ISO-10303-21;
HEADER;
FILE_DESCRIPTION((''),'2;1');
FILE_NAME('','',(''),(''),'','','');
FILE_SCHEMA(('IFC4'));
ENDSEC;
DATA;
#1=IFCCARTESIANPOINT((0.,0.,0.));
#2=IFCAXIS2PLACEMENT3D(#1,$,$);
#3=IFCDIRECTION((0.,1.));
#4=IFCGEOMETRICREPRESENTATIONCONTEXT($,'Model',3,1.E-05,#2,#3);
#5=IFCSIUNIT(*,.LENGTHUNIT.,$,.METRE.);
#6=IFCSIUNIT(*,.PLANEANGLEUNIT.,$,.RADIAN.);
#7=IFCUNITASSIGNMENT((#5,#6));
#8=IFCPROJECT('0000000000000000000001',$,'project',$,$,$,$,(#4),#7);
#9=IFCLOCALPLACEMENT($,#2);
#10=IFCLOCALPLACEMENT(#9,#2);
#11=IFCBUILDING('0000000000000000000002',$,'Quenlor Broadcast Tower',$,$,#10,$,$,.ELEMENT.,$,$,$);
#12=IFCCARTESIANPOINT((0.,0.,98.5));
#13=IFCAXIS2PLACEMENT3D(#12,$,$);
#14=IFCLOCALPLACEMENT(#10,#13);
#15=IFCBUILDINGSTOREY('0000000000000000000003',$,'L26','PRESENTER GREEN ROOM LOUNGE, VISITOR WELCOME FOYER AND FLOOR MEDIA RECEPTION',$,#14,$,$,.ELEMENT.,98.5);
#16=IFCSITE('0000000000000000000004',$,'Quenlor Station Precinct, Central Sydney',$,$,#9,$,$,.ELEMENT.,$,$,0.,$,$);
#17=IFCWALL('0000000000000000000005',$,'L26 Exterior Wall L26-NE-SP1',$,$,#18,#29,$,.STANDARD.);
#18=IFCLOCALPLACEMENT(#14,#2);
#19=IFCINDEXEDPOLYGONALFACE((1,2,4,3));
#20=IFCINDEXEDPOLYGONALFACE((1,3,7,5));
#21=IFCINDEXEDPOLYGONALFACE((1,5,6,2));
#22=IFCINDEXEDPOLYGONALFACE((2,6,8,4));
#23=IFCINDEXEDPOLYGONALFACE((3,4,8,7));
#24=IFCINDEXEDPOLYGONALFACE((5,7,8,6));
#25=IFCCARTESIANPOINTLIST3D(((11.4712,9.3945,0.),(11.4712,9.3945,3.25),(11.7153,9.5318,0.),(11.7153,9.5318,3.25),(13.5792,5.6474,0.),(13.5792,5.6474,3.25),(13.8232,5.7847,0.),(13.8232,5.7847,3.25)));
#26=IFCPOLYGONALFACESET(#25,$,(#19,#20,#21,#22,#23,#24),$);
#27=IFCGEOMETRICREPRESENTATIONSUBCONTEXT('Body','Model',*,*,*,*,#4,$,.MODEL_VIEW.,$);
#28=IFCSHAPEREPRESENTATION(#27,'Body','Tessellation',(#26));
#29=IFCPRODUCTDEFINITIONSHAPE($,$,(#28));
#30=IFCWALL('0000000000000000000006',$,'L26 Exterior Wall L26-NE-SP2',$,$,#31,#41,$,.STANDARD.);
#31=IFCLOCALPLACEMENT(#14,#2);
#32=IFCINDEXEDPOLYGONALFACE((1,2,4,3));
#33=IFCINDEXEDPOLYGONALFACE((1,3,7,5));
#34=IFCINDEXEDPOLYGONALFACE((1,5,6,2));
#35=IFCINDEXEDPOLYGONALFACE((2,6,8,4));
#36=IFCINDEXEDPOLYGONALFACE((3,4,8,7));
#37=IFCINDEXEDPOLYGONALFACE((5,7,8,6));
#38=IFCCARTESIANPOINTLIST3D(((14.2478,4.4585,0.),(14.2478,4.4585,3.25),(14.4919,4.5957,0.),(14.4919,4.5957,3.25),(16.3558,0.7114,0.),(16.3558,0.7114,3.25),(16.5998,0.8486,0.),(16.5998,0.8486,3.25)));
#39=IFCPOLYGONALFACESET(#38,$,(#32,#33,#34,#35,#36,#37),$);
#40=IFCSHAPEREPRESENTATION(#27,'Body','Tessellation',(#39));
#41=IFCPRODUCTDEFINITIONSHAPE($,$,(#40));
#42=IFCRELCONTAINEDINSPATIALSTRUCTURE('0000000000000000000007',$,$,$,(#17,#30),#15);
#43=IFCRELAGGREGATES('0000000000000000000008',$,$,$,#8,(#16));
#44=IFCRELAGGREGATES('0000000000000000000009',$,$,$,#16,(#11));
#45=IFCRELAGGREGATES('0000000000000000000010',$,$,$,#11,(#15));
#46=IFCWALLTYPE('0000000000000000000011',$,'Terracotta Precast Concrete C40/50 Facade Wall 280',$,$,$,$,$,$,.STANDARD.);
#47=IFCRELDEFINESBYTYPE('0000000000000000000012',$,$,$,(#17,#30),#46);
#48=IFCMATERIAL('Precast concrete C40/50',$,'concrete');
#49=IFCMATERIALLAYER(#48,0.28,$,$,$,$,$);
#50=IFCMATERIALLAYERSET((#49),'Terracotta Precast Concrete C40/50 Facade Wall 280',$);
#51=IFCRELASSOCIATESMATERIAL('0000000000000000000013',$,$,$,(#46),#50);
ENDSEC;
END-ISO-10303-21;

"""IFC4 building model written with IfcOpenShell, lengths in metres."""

from ifc_helpers import new_model, si_unit, direction, frame, frame_2d, origin, place, context, subcontext, project, spatial, rectangle, extrude, material, layer, layer_set, type_object, element, save


model = new_model("IFC4")

# Units and contexts
model_context = context("Model", 3, precision=1e-05, world=origin(), true_north=direction((0.0, 1.0)))
body_context = subcontext(model_context, "Body", "Model", "MODEL_VIEW")
ifc_project = project(units=[si_unit("LENGTHUNIT", "METRE"), si_unit("PLANEANGLEUNIT", "RADIAN")], contexts=[model_context])

# Site, building, storey
site_placement = place(None, origin())
site = spatial("IfcSite", under=ifc_project, at=site_placement, Name="Quenlor Station Precinct, Central Sydney", CompositionType="ELEMENT", RefElevation=0.0)
building_placement = place(site_placement, origin())
building = spatial("IfcBuilding", under=site, at=building_placement, Name="Quenlor Broadcast Tower", CompositionType="ELEMENT")
storey_placement = place(building_placement, frame((0.0, 0.0, 98.5)))
storey = spatial("IfcBuildingStorey", under=building, at=storey_placement, Name="L26", Description="PRESENTER GREEN ROOM LOUNGE, VISITOR WELCOME FOYER AND FLOOR MEDIA RECEPTION", CompositionType="ELEMENT", Elevation=98.5)

# Walls
ifc_material_1 = material(Name="Precast concrete C40/50", Category="concrete")
ifc_layer_1 = layer(ifc_material_1, 0.28)
ifc_layer_set_1 = layer_set([ifc_layer_1], Name="Terracotta Precast Concrete C40/50 Facade Wall 280")
wall_type_1 = type_object("IfcWallType", Name="Terracotta Precast Concrete C40/50 Facade Wall 280", PredefinedType="STANDARD", material=ifc_layer_set_1)
for number, where, z_axis, x_axis, name in (
    (1, (11.5933, 9.4631, 0.0), (0.0, 0.0, 1.0), (0.490294, -0.871557, 0.0), "L26 Exterior Wall L26-NE-SP1"),
    (2, (14.3699, 4.5271, 0.0), (0.0, 0.0, 1.0), (0.490294, -0.871557, 0.0), "L26 Exterior Wall L26-NE-SP2"),
):
    element("IfcWall", number, at=place(storey_placement, frame(where, z_axis=z_axis, x_axis=x_axis)), inside=storey, type_object=wall_type_1, Name=name, PredefinedType="STANDARD", context=body_context, shape_type="SweptSolid", body=[
        extrude(rectangle(XDim=4.2993, YDim=0.28, at=frame_2d((2.1497, 0.0))), origin(), (0.0, 0.0, 1.0), 3.25),
    ])

save(model, "model.ifc")
